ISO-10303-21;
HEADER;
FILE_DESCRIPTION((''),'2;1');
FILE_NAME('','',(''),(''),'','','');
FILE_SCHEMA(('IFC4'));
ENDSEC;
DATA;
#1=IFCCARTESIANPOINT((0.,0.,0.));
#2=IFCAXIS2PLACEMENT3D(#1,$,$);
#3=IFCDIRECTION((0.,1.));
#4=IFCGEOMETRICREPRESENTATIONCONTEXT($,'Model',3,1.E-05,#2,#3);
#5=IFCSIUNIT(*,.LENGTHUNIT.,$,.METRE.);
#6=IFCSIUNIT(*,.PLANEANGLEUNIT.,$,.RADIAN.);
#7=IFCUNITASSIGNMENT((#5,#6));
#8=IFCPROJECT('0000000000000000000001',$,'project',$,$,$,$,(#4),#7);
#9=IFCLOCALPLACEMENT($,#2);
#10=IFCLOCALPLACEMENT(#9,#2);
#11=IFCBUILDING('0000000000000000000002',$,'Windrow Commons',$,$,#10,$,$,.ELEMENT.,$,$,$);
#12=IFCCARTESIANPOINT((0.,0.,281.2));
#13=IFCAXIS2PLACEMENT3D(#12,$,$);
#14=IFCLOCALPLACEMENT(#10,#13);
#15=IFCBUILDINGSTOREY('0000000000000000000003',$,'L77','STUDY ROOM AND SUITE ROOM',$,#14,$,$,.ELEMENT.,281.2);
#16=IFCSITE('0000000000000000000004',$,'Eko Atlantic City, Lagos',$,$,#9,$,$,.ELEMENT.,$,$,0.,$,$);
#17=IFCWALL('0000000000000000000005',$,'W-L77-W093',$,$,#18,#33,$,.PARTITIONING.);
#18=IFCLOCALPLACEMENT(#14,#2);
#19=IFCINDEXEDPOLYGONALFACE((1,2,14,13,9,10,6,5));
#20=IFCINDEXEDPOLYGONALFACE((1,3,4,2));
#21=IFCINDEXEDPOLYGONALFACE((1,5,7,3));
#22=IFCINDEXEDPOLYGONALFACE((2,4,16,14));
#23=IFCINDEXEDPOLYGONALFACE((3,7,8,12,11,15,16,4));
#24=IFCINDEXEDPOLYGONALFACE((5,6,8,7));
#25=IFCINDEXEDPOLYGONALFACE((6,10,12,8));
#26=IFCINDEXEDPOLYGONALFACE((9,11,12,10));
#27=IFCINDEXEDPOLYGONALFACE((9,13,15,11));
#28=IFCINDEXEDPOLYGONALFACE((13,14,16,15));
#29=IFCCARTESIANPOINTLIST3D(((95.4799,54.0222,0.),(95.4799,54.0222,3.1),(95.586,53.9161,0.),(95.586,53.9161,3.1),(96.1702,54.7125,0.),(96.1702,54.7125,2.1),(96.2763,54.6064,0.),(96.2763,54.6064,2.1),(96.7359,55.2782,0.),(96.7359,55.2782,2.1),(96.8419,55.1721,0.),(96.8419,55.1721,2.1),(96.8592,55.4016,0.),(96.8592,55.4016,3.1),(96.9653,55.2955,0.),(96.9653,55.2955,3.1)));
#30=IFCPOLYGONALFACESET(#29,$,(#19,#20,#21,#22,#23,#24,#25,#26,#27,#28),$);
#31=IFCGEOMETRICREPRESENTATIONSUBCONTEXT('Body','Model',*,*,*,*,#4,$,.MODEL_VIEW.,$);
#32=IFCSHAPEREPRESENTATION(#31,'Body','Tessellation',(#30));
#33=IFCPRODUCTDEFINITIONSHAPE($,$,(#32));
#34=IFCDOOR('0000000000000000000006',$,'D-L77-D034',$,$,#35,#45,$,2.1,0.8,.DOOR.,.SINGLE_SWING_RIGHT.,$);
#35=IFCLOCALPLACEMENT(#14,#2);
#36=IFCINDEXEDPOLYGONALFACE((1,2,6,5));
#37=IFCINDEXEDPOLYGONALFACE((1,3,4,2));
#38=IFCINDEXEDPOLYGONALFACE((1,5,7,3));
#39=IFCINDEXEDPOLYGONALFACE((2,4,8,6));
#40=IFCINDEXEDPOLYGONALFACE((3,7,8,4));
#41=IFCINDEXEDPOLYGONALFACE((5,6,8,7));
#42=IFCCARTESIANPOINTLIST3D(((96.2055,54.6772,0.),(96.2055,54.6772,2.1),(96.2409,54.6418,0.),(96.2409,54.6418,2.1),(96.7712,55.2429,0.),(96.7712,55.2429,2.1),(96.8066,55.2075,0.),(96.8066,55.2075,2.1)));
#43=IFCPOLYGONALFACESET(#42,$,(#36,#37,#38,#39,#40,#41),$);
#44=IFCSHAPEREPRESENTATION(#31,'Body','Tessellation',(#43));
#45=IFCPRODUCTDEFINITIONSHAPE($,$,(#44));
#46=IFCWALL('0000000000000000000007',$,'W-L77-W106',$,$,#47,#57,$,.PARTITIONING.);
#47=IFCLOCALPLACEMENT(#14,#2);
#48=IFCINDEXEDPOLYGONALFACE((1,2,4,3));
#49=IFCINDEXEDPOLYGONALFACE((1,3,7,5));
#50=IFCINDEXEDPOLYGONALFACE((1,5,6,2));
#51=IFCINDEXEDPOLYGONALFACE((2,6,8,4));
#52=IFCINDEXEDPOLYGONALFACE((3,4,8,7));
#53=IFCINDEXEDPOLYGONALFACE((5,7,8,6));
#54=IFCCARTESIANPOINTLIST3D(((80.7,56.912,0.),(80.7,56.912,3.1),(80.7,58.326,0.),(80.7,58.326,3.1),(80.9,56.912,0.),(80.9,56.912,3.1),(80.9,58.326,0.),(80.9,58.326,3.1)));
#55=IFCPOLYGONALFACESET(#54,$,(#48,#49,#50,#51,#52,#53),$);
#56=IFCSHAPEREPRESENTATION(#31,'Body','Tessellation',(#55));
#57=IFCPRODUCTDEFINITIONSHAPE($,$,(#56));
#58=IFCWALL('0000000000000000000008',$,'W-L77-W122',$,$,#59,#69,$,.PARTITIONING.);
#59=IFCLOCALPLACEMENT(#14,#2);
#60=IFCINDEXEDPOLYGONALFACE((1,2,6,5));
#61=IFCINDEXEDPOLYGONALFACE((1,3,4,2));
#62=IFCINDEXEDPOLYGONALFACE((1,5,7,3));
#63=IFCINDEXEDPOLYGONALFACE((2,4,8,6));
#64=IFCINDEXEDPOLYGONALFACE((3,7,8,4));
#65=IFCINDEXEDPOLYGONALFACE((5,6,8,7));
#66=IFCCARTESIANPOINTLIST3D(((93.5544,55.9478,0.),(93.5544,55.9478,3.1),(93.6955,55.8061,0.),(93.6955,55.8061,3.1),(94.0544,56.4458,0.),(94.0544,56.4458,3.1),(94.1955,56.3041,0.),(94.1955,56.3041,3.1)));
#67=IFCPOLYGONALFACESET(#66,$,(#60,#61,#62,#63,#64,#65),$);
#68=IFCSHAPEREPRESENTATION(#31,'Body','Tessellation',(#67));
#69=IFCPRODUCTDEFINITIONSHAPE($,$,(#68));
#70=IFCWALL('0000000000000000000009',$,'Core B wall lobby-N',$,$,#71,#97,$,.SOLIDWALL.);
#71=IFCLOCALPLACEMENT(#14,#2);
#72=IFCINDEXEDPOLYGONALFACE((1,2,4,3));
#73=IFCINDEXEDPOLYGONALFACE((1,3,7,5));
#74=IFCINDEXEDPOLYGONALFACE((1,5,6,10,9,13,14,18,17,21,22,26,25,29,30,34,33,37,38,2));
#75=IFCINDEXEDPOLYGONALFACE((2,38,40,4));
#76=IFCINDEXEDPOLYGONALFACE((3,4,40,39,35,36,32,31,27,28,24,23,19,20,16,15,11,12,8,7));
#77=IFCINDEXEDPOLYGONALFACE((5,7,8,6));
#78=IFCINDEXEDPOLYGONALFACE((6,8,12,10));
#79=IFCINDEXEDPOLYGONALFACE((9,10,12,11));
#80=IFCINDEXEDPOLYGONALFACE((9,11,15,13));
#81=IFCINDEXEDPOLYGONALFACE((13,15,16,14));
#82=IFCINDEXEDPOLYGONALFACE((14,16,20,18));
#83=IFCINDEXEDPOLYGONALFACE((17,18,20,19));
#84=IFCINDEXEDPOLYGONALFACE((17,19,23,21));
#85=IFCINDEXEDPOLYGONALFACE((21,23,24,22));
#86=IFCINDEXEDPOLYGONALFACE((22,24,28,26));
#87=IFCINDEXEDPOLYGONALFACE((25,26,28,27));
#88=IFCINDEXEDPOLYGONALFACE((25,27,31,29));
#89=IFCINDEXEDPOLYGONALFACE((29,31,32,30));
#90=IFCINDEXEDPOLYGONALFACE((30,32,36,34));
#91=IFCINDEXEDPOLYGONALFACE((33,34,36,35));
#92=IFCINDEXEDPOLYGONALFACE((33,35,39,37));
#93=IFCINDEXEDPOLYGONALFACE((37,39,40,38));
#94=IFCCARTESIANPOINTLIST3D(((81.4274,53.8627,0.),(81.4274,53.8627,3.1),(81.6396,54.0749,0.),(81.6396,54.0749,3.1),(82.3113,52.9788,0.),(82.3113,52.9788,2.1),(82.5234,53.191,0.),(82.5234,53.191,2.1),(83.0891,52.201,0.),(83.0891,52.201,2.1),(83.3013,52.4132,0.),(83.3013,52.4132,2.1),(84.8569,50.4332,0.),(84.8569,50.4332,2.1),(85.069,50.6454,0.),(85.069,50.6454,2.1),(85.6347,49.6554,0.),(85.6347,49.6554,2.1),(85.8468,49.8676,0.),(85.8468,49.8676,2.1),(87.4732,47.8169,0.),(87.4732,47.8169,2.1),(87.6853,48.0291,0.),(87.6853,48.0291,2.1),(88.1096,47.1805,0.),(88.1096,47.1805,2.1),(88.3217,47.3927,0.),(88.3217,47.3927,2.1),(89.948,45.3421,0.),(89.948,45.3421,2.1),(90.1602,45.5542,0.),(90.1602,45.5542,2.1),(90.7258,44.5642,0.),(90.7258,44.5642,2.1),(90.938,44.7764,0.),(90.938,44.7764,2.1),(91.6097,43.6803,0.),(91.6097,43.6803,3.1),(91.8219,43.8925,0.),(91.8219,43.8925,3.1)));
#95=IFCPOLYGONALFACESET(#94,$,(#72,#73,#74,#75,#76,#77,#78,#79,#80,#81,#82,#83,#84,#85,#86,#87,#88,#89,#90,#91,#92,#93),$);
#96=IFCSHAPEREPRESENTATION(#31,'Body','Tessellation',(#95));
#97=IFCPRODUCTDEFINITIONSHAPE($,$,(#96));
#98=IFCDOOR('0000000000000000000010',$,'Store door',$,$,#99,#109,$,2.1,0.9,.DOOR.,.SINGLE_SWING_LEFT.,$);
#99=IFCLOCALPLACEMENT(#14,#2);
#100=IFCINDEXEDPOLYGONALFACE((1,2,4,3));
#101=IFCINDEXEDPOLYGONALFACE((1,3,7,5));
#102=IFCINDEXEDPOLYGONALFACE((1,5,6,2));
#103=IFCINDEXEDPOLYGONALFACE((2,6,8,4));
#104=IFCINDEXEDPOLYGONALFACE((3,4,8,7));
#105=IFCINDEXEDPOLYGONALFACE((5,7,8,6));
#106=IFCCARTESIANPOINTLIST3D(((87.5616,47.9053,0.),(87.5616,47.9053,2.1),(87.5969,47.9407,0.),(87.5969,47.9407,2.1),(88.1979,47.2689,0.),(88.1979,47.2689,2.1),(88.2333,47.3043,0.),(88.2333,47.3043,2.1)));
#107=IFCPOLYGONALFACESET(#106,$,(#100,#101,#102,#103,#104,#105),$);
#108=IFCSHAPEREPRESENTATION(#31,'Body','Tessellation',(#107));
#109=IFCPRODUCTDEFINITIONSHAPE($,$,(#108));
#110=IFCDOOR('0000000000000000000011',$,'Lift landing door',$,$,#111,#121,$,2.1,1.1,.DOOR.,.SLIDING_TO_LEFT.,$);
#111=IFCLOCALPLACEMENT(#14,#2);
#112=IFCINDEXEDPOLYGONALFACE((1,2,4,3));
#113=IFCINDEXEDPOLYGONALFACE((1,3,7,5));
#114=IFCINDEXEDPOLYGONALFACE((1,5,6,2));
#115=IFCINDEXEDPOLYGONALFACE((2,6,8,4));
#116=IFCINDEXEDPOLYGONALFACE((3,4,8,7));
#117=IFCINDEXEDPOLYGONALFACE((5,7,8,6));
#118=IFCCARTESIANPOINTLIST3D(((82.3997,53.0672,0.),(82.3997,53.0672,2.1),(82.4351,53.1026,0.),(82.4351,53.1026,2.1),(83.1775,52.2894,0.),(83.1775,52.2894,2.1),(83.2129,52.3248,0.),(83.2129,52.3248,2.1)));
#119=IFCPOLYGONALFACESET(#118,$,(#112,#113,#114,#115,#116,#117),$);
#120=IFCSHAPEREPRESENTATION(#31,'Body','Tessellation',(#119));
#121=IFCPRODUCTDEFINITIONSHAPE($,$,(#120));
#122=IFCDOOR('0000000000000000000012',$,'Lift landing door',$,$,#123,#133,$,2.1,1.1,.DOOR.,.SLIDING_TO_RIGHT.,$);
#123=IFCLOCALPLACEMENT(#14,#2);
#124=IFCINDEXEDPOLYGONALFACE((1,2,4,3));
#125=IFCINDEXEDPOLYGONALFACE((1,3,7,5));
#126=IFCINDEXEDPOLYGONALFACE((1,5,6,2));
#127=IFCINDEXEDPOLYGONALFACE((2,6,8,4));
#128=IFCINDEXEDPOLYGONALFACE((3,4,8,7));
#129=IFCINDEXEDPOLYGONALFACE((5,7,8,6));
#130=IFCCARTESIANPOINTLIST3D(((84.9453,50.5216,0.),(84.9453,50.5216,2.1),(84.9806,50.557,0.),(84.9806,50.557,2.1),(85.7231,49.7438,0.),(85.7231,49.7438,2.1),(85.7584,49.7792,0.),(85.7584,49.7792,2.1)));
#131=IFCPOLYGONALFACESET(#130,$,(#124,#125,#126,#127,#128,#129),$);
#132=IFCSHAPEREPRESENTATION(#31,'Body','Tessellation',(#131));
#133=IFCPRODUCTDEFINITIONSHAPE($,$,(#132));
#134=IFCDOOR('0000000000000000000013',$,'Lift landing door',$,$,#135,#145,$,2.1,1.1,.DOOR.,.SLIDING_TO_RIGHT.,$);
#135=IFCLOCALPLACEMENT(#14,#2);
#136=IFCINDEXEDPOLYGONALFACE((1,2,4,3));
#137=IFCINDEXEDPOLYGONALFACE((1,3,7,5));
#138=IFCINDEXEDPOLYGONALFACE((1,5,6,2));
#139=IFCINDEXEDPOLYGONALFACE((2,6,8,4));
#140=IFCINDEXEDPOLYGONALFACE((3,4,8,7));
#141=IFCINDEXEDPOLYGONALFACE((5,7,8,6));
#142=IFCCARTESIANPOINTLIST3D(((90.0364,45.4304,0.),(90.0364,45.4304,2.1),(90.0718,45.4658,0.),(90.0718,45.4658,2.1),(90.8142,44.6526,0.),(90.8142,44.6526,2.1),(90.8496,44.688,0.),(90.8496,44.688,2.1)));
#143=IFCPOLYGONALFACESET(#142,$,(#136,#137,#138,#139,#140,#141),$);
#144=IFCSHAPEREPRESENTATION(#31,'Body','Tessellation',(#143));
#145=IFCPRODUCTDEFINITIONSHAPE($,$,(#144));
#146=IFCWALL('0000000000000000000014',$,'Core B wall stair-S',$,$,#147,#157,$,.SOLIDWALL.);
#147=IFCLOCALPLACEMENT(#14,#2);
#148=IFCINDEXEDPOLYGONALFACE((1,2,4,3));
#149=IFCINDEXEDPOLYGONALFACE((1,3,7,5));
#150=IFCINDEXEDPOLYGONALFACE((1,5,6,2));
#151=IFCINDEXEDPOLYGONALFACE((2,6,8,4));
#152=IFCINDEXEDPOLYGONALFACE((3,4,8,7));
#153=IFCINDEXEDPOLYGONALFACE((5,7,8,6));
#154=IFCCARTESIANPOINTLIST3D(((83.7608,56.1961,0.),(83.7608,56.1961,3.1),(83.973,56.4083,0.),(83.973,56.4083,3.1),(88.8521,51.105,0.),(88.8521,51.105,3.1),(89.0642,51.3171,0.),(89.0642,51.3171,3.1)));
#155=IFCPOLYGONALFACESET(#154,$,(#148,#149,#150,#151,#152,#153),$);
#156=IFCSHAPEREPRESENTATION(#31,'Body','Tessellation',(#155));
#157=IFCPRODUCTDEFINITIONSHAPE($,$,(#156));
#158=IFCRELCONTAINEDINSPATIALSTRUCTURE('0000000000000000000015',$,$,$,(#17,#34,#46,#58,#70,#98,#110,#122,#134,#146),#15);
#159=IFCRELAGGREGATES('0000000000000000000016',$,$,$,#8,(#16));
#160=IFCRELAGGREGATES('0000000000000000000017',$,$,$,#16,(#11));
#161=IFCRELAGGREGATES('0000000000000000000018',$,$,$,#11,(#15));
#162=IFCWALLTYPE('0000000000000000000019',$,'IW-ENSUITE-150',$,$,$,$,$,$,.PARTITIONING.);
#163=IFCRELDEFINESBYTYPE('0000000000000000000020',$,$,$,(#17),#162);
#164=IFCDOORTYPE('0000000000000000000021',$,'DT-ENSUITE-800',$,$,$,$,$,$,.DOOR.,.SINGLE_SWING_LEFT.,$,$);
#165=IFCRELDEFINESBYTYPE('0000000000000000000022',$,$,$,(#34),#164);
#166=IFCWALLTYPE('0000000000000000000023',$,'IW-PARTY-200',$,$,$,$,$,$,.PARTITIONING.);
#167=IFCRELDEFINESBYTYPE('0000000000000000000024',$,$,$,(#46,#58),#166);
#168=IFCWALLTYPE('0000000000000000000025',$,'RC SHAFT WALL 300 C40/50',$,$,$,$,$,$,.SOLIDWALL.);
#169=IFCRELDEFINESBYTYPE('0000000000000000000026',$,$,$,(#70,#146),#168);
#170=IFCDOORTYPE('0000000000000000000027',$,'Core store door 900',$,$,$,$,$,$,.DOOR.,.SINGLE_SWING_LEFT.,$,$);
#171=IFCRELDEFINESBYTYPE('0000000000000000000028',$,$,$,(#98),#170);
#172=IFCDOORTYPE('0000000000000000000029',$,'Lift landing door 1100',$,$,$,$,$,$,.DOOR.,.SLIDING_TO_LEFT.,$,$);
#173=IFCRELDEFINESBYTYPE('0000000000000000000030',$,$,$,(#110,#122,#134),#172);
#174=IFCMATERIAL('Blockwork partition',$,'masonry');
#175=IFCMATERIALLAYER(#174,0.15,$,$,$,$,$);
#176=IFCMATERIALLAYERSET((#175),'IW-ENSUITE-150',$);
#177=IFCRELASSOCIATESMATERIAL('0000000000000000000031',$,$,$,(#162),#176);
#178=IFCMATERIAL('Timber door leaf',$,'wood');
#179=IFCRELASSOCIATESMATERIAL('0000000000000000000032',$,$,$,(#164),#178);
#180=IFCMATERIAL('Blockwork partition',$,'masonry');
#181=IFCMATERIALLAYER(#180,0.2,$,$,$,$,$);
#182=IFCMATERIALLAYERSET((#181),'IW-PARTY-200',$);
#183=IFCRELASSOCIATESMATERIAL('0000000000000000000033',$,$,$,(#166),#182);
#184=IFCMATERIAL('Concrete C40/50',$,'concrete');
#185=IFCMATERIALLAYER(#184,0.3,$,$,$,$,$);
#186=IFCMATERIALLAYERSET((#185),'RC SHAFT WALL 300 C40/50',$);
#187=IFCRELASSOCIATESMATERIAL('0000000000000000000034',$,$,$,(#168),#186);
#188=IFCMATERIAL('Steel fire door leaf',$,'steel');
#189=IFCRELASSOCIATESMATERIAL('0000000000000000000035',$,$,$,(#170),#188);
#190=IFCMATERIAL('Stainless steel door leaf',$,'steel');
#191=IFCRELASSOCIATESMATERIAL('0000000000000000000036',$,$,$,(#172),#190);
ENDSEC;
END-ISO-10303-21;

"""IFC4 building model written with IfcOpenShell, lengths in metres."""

from ifc_helpers import new_model, si_unit, direction, frame, frame_2d, origin, place, context, subcontext, project, spatial, rectangle, extrude, material, layer, layer_set, type_object, element, fill, save


model = new_model("IFC4")

# Units and contexts
model_context = context("Model", 3, precision=1e-05, world=origin(), true_north=direction((0.0, 1.0)))
body_context = subcontext(model_context, "Body", "Model", "MODEL_VIEW")
ifc_project = project(units=[si_unit("LENGTHUNIT", "METRE"), si_unit("PLANEANGLEUNIT", "RADIAN")], contexts=[model_context])

# Site, building, storey
site_placement = place(None, origin())
site = spatial("IfcSite", under=ifc_project, at=site_placement, Name="Eko Atlantic City, Lagos", CompositionType="ELEMENT", RefElevation=0.0)
building_placement = place(site_placement, origin())
building = spatial("IfcBuilding", under=site, at=building_placement, Name="Windrow Commons", CompositionType="ELEMENT")
storey_placement = place(building_placement, frame((0.0, 0.0, 281.2)))
storey = spatial("IfcBuildingStorey", under=building, at=storey_placement, Name="L77", Description="STUDY ROOM AND SUITE ROOM", CompositionType="ELEMENT", Elevation=281.2)

# Shared definitions
ifc_material_1 = material(Name="Blockwork partition", Category="masonry")
ifc_layer_1 = layer(ifc_material_1, 0.15)
ifc_layer_set_1 = layer_set([ifc_layer_1], Name="IW-ENSUITE-150")
wall_type_1 = type_object("IfcWallType", Name="IW-ENSUITE-150", PredefinedType="PARTITIONING", material=ifc_layer_set_1)

# Wall, opening, door
wall_1_placement = place(storey_placement, frame((95.5329, 53.9691, 0.0), z_axis=(0.0, 0.0, 1.0), x_axis=(0.707081, 0.707132, 0.0)))
wall_1 = element("IfcWall", 1, at=wall_1_placement, inside=storey, type_object=wall_type_1, Name="W-L77-W093", PredefinedType="PARTITIONING", context=body_context, shape_type="SweptSolid", body=[
    extrude(rectangle(XDim=1.9507, YDim=0.15, at=frame_2d((0.9754, 0.0))), origin(), (0.0, 0.0, 1.0), 3.1),
])
opening_1_placement = place(wall_1_placement, frame((0.9763, 0.0, 0.0)))
opening_1 = element("IfcOpeningElement", 2, at=opening_1_placement, cuts=wall_1, PredefinedType="OPENING", context=body_context, shape_type="SweptSolid", body=[
    extrude(rectangle(XDim=0.8, YDim=2.1, at=frame_2d((0.4, 1.05))), frame((0.0, 0.085, 0.0), z_axis=(0.0, -1.0, 0.0), x_axis=(1.0, 0.0, 0.0)), (0.0, 0.0, 1.0), 0.17),
])
ifc_material_2 = material(Name="Timber door leaf", Category="wood")
door_type_1 = type_object("IfcDoorType", Name="DT-ENSUITE-800", OperationType="SINGLE_SWING_LEFT", PredefinedType="DOOR", material=ifc_material_2)
door_1_placement = place(opening_1_placement, origin())
door_1 = element("IfcDoor", 3, at=door_1_placement, inside=storey, type_object=door_type_1, Name="D-L77-D034", OperationType="SINGLE_SWING_RIGHT", OverallHeight=2.1, OverallWidth=0.8, PredefinedType="DOOR", context=body_context, shape_type="SweptSolid", body=[
    extrude(rectangle(XDim=0.8, YDim=2.1, at=frame_2d((0.4, 1.05))), frame((0.0, 0.025, 0.0), z_axis=(0.0, -1.0, 0.0), x_axis=(1.0, 0.0, 0.0)), (0.0, 0.0, 1.0), 0.05),
])
fill(opening_1, door_1)

# Walls
ifc_material_3 = material(Name="Blockwork partition", Category="masonry")
ifc_layer_2 = layer(ifc_material_3, 0.2)
ifc_layer_set_2 = layer_set([ifc_layer_2], Name="IW-PARTY-200")
wall_type_2 = type_object("IfcWallType", Name="IW-PARTY-200", PredefinedType="PARTITIONING", material=ifc_layer_set_2)
wall_2_placement = place(storey_placement, frame((80.8, 56.912, 0.0), z_axis=(0.0, 0.0, 1.0), x_axis=(0.0, 1.0, 0.0)))
element("IfcWall", 4, at=wall_2_placement, inside=storey, type_object=wall_type_2, Name="W-L77-W106", PredefinedType="PARTITIONING", context=body_context, shape_type="SweptSolid", body=[
    extrude(rectangle(XDim=1.414, YDim=0.2, at=frame_2d((0.707, 0.0))), origin(), (0.0, 0.0, 1.0), 3.1),
])
wall_3_placement = place(storey_placement, frame((93.625, 55.877, 0.0), z_axis=(0.0, 0.0, 1.0), x_axis=(0.708522, 0.705688, 0.0)))
element("IfcWall", 5, at=wall_3_placement, inside=storey, type_object=wall_type_2, Name="W-L77-W122", PredefinedType="PARTITIONING", context=body_context, shape_type="SweptSolid", body=[
    extrude(rectangle(XDim=0.7057, YDim=0.2, at=frame_2d((0.3528, 0.0))), origin(), (0.0, 0.0, 1.0), 3.1),
])

# Wall, openings, doors
ifc_material_4 = material(Name="Concrete C40/50", Category="concrete")
ifc_layer_3 = layer(ifc_material_4, 0.3)
ifc_layer_set_3 = layer_set([ifc_layer_3], Name="RC SHAFT WALL 300 C40/50")
wall_type_3 = type_object("IfcWallType", Name="RC SHAFT WALL 300 C40/50", PredefinedType="SOLIDWALL", material=ifc_layer_set_3)
wall_4_placement = place(storey_placement, frame((81.5335, 53.9688, 0.0), z_axis=(0.0, 0.0, 1.0), x_axis=(0.707103, -0.70711, 0.0)))
wall_4 = element("IfcWall", 6, at=wall_4_placement, inside=storey, type_object=wall_type_3, Name="Core B wall lobby-N", PredefinedType="SOLIDWALL", context=body_context, shape_type="SweptSolid", body=[
    extrude(rectangle(XDim=14.4, YDim=0.3, at=frame_2d((7.2, 0.0))), origin(), (0.0, 0.0, 1.0), 3.1),
])
opening_2_placement = place(wall_4_placement, frame((8.55, 0.0, 0.0)))
opening_2 = element("IfcOpeningElement", 7, at=opening_2_placement, cuts=wall_4, PredefinedType="OPENING", context=body_context, shape_type="SweptSolid", body=[
    extrude(rectangle(XDim=0.9, YDim=2.1, at=frame_2d((0.45, 1.05))), frame((0.0, 0.16, 0.0), z_axis=(0.0, -1.0, 0.0), x_axis=(1.0, 0.0, 0.0)), (0.0, 0.0, 1.0), 0.32),
])
opening_3_placement = place(wall_4_placement, frame((1.25, 0.0, 0.0)))
opening_3 = element("IfcOpeningElement", 8, at=opening_3_placement, cuts=wall_4, PredefinedType="OPENING", context=body_context, shape_type="SweptSolid", body=[
    extrude(rectangle(XDim=1.1, YDim=2.1, at=frame_2d((0.55, 1.05))), frame((0.0, 0.16, 0.0), z_axis=(0.0, -1.0, 0.0), x_axis=(1.0, 0.0, 0.0)), (0.0, 0.0, 1.0), 0.32),
])
opening_4_placement = place(wall_4_placement, frame((4.85, 0.0, 0.0)))
opening_4 = element("IfcOpeningElement", 9, at=opening_4_placement, cuts=wall_4, PredefinedType="OPENING", context=body_context, shape_type="SweptSolid", body=[
    extrude(rectangle(XDim=1.1, YDim=2.1, at=frame_2d((0.55, 1.05))), frame((0.0, 0.16, 0.0), z_axis=(0.0, -1.0, 0.0), x_axis=(1.0, 0.0, 0.0)), (0.0, 0.0, 1.0), 0.32),
])
opening_5_placement = place(wall_4_placement, frame((12.05, 0.0, 0.0)))
opening_5 = element("IfcOpeningElement", 10, at=opening_5_placement, cuts=wall_4, PredefinedType="OPENING", context=body_context, shape_type="SweptSolid", body=[
    extrude(rectangle(XDim=1.1, YDim=2.1, at=frame_2d((0.55, 1.05))), frame((0.0, 0.16, 0.0), z_axis=(0.0, -1.0, 0.0), x_axis=(1.0, 0.0, 0.0)), (0.0, 0.0, 1.0), 0.32),
])
ifc_material_5 = material(Name="Steel fire door leaf", Category="steel")
door_type_2 = type_object("IfcDoorType", Name="Core store door 900", OperationType="SINGLE_SWING_LEFT", PredefinedType="DOOR", material=ifc_material_5)
door_2_placement = place(opening_2_placement, origin())
door_2 = element("IfcDoor", 11, at=door_2_placement, inside=storey, type_object=door_type_2, Name="Store door", OperationType="SINGLE_SWING_LEFT", OverallHeight=2.1, OverallWidth=0.9, PredefinedType="DOOR", context=body_context, shape_type="SweptSolid", body=[
    extrude(rectangle(XDim=0.9, YDim=2.1, at=frame_2d((0.45, 1.05))), frame((0.0, 0.025, 0.0), z_axis=(0.0, -1.0, 0.0), x_axis=(1.0, 0.0, 0.0)), (0.0, 0.0, 1.0), 0.05),
])
fill(opening_2, door_2)
ifc_material_6 = material(Name="Stainless steel door leaf", Category="steel")
door_type_3 = type_object("IfcDoorType", Name="Lift landing door 1100", OperationType="SLIDING_TO_LEFT", PredefinedType="DOOR", material=ifc_material_6)
door_3_placement = place(opening_3_placement, origin())
door_3 = element("IfcDoor", 12, at=door_3_placement, inside=storey, type_object=door_type_3, Name="Lift landing door", OperationType="SLIDING_TO_LEFT", OverallHeight=2.1, OverallWidth=1.1, PredefinedType="DOOR", context=body_context, shape_type="SweptSolid", body=[
    extrude(rectangle(XDim=1.1, YDim=2.1, at=frame_2d((0.55, 1.05))), frame((0.0, 0.025, 0.0), z_axis=(0.0, -1.0, 0.0), x_axis=(1.0, 0.0, 0.0)), (0.0, 0.0, 1.0), 0.05),
])
fill(opening_3, door_3)
door_4_placement = place(opening_4_placement, origin())
door_4 = element("IfcDoor", 13, at=door_4_placement, inside=storey, type_object=door_type_3, Name="Lift landing door", OperationType="SLIDING_TO_RIGHT", OverallHeight=2.1, OverallWidth=1.1, PredefinedType="DOOR", context=body_context, shape_type="SweptSolid", body=[
    extrude(rectangle(XDim=1.1, YDim=2.1, at=frame_2d((0.55, 1.05))), frame((0.0, 0.025, 0.0), z_axis=(0.0, -1.0, 0.0), x_axis=(1.0, 0.0, 0.0)), (0.0, 0.0, 1.0), 0.05),
])
fill(opening_4, door_4)
door_5_placement = place(opening_5_placement, origin())
door_5 = element("IfcDoor", 14, at=door_5_placement, inside=storey, type_object=door_type_3, Name="Lift landing door", OperationType="SLIDING_TO_RIGHT", OverallHeight=2.1, OverallWidth=1.1, PredefinedType="DOOR", context=body_context, shape_type="SweptSolid", body=[
    extrude(rectangle(XDim=1.1, YDim=2.1, at=frame_2d((0.55, 1.05))), frame((0.0, 0.025, 0.0), z_axis=(0.0, -1.0, 0.0), x_axis=(1.0, 0.0, 0.0)), (0.0, 0.0, 1.0), 0.05),
])
fill(opening_5, door_5)

# Wall
wall_5_placement = place(storey_placement, frame((83.8669, 56.3022, 0.0), z_axis=(0.0, 0.0, 1.0), x_axis=(0.707114, -0.7071, 0.0)))
element("IfcWall", 15, at=wall_5_placement, inside=storey, type_object=wall_type_3, Name="Core B wall stair-S", PredefinedType="SOLIDWALL", context=body_context, shape_type="SweptSolid", body=[
    extrude(rectangle(XDim=7.2, YDim=0.3, at=frame_2d((3.6, 0.0))), origin(), (0.0, 0.0, 1.0), 3.1),
])

save(model, "model.ifc")
